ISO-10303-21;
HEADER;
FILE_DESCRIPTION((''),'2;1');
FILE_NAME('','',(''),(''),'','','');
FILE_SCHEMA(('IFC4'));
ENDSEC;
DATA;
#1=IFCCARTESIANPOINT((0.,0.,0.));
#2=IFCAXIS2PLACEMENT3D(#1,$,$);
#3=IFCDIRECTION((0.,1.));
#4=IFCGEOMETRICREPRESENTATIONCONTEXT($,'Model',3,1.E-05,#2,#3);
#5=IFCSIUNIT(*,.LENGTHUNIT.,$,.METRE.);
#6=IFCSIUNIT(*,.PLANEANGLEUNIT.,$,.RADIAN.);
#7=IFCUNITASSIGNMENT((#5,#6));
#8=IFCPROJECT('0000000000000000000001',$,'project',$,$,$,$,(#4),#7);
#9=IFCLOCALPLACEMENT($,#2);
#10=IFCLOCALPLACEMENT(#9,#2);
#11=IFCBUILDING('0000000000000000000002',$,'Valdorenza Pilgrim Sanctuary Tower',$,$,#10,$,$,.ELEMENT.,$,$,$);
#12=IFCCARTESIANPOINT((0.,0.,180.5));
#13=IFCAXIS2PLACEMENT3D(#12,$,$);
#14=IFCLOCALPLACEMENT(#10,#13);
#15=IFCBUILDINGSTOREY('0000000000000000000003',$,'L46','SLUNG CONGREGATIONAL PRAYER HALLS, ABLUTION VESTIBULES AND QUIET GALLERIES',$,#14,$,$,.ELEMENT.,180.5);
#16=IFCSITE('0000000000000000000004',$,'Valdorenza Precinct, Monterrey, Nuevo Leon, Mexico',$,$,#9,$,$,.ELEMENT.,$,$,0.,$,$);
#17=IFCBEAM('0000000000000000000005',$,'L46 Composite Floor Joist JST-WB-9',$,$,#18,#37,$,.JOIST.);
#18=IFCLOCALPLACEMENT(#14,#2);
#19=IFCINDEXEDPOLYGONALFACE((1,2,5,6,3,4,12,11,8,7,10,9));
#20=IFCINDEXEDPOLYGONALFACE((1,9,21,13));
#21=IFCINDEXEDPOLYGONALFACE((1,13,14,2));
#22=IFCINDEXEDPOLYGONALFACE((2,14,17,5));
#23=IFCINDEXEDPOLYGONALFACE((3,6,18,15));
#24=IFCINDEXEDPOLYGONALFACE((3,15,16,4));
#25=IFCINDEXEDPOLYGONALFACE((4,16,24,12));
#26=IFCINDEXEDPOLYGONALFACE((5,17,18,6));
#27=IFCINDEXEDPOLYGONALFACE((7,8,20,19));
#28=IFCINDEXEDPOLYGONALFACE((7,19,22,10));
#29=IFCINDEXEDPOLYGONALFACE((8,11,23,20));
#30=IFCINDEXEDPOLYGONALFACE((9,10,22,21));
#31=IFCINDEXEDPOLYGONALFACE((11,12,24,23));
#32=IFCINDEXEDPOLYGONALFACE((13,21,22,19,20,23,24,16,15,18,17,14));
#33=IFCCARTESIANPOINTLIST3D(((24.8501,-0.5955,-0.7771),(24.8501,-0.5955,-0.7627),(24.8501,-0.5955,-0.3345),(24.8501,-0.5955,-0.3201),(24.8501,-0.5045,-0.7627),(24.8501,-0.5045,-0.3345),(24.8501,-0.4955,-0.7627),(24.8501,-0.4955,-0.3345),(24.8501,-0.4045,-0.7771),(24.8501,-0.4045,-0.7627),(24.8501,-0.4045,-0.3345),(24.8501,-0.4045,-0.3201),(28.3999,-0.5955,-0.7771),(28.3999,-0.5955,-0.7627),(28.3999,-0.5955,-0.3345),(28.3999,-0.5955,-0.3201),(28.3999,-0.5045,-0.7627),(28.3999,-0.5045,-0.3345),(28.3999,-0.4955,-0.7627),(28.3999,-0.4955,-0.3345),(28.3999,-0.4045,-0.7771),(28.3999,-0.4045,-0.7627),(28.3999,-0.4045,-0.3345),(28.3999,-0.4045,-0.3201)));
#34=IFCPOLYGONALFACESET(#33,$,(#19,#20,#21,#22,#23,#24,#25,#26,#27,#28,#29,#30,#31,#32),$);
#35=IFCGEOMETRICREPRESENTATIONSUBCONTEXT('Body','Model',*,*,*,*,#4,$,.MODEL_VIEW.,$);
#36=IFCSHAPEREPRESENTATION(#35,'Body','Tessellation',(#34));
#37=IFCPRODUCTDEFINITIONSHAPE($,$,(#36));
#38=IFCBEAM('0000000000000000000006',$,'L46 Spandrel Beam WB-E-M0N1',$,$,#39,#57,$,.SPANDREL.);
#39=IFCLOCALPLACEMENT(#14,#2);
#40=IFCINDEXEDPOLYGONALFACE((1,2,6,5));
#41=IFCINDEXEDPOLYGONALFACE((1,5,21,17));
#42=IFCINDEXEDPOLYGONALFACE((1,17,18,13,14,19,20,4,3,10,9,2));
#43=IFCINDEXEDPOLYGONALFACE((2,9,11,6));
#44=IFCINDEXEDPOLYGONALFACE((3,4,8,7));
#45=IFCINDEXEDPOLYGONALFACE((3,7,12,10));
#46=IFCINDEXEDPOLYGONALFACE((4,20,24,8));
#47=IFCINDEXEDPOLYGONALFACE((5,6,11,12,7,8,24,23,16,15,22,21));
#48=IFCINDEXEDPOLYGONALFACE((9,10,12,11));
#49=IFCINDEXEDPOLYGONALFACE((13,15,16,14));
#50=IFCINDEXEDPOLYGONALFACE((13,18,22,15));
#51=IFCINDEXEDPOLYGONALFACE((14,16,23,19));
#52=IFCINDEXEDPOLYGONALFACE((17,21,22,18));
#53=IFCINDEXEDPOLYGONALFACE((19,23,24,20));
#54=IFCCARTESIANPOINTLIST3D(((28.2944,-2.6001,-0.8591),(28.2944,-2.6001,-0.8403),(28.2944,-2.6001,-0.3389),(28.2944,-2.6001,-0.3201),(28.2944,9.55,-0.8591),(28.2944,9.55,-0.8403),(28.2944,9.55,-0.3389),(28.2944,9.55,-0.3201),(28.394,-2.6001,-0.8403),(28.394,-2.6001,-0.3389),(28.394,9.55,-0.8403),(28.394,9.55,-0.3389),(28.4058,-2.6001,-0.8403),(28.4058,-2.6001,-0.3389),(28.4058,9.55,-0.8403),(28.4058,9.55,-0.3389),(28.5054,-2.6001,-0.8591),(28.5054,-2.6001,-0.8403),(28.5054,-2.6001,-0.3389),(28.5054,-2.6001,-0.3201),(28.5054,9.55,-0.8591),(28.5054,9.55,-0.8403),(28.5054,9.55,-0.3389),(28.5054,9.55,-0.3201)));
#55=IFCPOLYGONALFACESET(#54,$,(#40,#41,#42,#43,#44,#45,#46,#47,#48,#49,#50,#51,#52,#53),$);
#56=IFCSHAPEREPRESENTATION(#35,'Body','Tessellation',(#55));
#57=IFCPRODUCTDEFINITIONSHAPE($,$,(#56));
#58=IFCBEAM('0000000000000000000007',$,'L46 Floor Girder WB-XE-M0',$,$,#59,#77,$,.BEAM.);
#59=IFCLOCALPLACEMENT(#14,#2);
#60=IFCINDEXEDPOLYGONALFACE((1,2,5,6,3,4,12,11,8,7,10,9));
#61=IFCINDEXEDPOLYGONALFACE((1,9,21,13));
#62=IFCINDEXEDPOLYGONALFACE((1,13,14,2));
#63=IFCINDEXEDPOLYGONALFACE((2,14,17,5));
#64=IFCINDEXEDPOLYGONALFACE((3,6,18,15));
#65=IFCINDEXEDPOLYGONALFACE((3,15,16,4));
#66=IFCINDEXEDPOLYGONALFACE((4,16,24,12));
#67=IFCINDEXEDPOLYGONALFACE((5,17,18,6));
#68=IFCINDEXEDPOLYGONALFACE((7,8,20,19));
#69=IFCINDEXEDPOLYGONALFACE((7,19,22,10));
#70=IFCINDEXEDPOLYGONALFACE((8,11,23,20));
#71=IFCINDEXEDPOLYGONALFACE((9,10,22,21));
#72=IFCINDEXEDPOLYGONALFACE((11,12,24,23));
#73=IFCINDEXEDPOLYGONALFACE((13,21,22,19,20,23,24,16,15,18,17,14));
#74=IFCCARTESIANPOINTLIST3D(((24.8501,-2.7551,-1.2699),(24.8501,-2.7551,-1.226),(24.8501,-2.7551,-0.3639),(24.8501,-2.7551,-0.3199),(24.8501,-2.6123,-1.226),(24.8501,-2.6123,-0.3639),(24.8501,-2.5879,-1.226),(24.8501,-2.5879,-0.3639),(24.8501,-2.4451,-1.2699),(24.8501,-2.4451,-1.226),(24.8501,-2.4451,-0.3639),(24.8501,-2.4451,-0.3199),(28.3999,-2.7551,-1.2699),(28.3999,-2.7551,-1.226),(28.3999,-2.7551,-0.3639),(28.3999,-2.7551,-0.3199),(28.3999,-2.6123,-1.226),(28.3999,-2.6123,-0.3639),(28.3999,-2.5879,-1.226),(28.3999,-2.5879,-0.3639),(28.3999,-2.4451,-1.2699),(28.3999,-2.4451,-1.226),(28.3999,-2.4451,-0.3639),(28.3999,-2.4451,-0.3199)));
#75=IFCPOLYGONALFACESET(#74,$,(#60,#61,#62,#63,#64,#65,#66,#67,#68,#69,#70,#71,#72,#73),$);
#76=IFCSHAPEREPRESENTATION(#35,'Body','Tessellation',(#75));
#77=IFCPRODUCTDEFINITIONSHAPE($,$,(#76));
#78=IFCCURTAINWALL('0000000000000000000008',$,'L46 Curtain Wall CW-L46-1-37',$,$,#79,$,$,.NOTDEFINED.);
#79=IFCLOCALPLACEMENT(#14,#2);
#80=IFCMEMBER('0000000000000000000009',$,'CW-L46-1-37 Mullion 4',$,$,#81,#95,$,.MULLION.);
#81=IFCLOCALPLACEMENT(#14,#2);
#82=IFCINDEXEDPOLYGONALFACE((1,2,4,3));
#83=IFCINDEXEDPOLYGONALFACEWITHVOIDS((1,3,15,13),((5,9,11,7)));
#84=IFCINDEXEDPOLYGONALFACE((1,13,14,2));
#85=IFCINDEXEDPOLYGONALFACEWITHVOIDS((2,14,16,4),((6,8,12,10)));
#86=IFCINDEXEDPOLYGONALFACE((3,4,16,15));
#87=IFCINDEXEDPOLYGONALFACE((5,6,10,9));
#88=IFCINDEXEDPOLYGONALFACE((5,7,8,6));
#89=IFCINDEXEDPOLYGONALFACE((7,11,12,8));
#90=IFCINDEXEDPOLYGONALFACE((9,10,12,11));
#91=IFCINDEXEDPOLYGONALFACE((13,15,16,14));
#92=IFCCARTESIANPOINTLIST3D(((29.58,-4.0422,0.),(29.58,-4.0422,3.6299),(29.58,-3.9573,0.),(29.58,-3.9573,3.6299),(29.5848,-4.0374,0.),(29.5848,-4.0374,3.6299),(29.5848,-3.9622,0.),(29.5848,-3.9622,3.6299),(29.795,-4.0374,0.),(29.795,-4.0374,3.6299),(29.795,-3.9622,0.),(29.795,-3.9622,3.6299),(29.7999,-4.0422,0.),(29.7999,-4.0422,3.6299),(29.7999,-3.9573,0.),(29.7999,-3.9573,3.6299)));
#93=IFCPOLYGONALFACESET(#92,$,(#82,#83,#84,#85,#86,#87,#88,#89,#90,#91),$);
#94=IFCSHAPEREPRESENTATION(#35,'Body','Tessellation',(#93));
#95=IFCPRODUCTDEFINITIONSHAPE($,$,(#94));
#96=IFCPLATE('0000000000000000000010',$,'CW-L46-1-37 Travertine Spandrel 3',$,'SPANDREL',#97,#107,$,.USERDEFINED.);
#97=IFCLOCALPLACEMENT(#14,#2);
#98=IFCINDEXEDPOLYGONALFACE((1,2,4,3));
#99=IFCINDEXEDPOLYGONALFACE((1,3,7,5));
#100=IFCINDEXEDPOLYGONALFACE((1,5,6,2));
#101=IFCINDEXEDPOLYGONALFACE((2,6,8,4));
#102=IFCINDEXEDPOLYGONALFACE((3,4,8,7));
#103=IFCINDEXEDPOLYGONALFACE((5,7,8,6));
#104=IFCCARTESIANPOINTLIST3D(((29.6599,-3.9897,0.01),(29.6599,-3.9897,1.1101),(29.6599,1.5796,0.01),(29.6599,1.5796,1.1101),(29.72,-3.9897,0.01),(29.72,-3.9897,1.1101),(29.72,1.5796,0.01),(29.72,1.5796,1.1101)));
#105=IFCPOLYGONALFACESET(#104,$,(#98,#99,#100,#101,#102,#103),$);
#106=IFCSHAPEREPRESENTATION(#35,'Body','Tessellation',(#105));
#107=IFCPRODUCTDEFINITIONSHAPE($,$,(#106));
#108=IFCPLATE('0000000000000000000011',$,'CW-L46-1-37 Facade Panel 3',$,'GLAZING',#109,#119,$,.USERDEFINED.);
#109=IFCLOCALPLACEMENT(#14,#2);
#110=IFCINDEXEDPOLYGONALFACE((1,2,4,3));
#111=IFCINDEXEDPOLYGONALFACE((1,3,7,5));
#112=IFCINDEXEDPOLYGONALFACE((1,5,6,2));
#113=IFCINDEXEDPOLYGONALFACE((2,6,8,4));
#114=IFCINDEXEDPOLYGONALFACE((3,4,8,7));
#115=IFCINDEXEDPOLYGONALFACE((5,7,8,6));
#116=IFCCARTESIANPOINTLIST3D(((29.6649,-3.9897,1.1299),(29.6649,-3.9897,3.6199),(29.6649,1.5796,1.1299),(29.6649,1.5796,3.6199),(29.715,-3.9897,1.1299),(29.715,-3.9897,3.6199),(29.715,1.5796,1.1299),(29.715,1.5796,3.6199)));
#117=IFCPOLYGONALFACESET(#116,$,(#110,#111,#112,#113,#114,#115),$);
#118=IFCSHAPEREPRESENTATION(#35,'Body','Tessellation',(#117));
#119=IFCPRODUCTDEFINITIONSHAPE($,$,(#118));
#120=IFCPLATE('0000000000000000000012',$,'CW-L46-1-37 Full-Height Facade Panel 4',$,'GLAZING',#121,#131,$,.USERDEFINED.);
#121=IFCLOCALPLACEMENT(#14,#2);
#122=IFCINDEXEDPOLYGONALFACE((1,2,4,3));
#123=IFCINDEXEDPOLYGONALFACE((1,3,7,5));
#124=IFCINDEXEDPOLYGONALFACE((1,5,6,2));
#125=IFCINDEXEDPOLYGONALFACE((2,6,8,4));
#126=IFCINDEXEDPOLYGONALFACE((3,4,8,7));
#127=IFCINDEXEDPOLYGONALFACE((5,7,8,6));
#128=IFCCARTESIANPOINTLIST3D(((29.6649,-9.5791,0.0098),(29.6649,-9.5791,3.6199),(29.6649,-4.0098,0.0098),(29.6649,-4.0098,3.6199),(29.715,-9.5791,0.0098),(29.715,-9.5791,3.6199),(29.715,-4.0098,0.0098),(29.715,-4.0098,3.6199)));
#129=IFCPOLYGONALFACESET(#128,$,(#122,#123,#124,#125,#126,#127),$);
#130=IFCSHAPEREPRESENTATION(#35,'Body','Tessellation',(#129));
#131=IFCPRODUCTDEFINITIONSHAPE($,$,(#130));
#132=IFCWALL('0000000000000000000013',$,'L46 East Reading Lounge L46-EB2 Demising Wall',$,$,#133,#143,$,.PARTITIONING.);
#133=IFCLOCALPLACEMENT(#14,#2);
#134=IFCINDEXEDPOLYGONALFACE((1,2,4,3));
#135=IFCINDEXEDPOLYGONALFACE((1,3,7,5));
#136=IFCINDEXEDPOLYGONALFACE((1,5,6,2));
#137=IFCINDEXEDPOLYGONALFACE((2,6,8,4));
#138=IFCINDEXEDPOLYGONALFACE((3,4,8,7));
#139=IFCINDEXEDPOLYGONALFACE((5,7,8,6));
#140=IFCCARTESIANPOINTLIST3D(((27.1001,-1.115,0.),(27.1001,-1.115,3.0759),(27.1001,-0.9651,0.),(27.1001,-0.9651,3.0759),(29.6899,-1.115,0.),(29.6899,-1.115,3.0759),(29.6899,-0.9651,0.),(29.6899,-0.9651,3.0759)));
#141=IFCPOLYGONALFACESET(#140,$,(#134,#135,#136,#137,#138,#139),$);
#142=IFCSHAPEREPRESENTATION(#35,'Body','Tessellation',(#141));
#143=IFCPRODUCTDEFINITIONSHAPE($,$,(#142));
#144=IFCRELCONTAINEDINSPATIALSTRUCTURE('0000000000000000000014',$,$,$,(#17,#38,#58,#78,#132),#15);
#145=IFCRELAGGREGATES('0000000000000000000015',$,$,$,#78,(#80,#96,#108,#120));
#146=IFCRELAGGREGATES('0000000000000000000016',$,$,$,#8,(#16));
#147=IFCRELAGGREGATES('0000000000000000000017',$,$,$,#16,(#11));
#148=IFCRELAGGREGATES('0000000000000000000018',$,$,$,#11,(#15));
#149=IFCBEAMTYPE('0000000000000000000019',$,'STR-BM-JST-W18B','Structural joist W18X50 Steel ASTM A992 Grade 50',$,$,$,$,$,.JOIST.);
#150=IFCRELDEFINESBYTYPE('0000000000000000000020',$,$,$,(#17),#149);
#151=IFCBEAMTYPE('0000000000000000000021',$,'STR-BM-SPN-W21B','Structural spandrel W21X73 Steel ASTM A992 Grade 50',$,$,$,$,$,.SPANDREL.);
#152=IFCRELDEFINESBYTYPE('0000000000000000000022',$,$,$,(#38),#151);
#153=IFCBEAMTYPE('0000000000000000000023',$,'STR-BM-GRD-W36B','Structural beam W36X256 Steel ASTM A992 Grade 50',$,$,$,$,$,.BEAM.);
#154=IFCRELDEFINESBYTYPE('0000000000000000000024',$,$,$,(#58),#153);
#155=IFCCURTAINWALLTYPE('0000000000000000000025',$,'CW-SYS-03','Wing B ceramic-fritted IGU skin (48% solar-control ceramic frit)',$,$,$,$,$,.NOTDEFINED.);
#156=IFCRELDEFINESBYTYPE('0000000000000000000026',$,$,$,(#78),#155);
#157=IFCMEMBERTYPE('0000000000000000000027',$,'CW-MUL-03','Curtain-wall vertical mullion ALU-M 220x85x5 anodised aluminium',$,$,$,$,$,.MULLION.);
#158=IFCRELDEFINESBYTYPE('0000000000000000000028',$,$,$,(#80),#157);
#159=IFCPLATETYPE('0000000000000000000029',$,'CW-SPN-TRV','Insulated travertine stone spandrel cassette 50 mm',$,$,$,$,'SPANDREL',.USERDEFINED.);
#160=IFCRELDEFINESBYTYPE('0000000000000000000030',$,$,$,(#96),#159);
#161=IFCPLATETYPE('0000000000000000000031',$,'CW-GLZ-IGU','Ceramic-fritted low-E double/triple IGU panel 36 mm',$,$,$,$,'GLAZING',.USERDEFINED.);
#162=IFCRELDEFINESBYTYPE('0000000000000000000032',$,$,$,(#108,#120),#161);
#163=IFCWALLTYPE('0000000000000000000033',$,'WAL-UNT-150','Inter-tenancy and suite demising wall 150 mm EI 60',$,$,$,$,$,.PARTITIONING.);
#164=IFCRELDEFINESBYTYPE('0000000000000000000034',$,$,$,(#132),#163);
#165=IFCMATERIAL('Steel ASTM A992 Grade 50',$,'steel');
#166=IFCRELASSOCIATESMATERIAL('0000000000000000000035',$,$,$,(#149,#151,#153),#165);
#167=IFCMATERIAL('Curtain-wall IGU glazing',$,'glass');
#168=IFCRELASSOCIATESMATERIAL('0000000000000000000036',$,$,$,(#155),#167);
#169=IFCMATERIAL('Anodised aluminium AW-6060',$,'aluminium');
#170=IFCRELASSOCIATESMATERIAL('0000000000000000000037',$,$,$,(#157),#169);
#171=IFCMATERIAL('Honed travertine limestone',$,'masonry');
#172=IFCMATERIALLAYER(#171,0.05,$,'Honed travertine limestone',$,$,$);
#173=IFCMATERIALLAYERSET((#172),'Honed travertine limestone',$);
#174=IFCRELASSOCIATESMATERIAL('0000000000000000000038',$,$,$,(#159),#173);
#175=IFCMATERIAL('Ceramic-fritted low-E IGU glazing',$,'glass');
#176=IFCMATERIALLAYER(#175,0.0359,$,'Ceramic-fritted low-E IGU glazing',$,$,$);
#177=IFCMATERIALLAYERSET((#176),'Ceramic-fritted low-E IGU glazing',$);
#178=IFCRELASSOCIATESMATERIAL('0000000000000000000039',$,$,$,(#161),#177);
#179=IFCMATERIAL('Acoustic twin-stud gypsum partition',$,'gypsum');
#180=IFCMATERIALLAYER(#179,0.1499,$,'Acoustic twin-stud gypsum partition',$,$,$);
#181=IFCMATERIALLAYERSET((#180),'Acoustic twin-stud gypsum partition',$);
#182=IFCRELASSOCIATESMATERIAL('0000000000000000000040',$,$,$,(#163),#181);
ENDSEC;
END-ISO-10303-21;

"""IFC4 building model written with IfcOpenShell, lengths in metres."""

from ifc_helpers import new_model, si_unit, direction, frame, frame_2d, origin, origin_2d, place, context, subcontext, project, spatial, rectangle, hollow_rectangle, i_section, extrude, source, transform, mapped, material, layer, layer_set, material_profile, profile_set, type_object, element, aggregate, save


model = new_model("IFC4")

# Units and contexts
model_context = context("Model", 3, precision=1e-05, world=origin(), true_north=direction((0.0, 1.0)))
body_context = subcontext(model_context, "Body", "Model", "MODEL_VIEW")
ifc_project = project(units=[si_unit("LENGTHUNIT", "METRE"), si_unit("PLANEANGLEUNIT", "RADIAN")], contexts=[model_context])

# Site, building, storey
site_placement = place(None, origin())
site = spatial("IfcSite", under=ifc_project, at=site_placement, Name="Valdorenza Precinct, Monterrey, Nuevo Leon, Mexico", CompositionType="ELEMENT", RefElevation=0.0)
building_placement = place(site_placement, origin())
building = spatial("IfcBuilding", under=site, at=building_placement, Name="Valdorenza Pilgrim Sanctuary Tower", CompositionType="ELEMENT")
storey_placement = place(building_placement, frame((0.0, 0.0, 180.5)))
storey = spatial("IfcBuildingStorey", under=building, at=storey_placement, Name="L46", Description="SLUNG CONGREGATIONAL PRAYER HALLS, ABLUTION VESTIBULES AND QUIET GALLERIES", CompositionType="ELEMENT", Elevation=180.5)

# Shared definitions
ifc_material_1 = material(Name="Steel ASTM A992 Grade 50", Category="steel")

# Beams
ifc_material_profile_1 = material_profile(ifc_material_1, i_section(OverallWidth=0.1909, OverallDepth=0.457, WebThickness=0.009, FlangeThickness=0.0144, at=origin_2d()), Name="W18X50")
ifc_profile_set_1 = profile_set([ifc_material_profile_1], Name="Steel ASTM A992 Grade 50")
beam_type_1 = type_object("IfcBeamType", Name="STR-BM-JST-W18B", Description="Structural joist W18X50 Steel ASTM A992 Grade 50", PredefinedType="JOIST", material=ifc_profile_set_1)
shared_shape_1 = source(origin(), body_context, "Body", "SweptSolid", [
    extrude(i_section(OverallWidth=0.1909, OverallDepth=0.457, WebThickness=0.009, FlangeThickness=0.0144, at=origin_2d()), origin(), (0.0, 0.0, 1.0), 3.5498),
])
for number, where, z_axis, x_axis, name in (
    (1, (24.8501, -0.5, -0.5486), (1.0, 0.0, 0.0), (0.0, 1.0, 0.0), "L46 Composite Floor Joist JST-WB-9"),
):
    element("IfcBeam", number, at=place(storey_placement, frame(where, z_axis=z_axis, x_axis=x_axis)), inside=storey, type_object=beam_type_1, Name=name, PredefinedType="JOIST", context=body_context, shape_type="MappedRepresentation", body=[
        mapped(shared_shape_1, transform((0.0, 0.0, 0.0), x_axis=(1.0, 0.0, 0.0), y_axis=(0.0, 1.0, 0.0), z_axis=(0.0, 0.0, 1.0), scale=1.0)),
    ])
ifc_material_profile_2 = material_profile(ifc_material_1, i_section(OverallWidth=0.2109, OverallDepth=0.5391, WebThickness=0.0117, FlangeThickness=0.0188, at=origin_2d()), Name="W21X73")
ifc_profile_set_2 = profile_set([ifc_material_profile_2], Name="Steel ASTM A992 Grade 50")
beam_type_2 = type_object("IfcBeamType", Name="STR-BM-SPN-W21B", Description="Structural spandrel W21X73 Steel ASTM A992 Grade 50", PredefinedType="SPANDREL", material=ifc_profile_set_2)
shared_shape_2 = source(origin(), body_context, "Body", "SweptSolid", [
    extrude(i_section(OverallWidth=0.2109, OverallDepth=0.5391, WebThickness=0.0117, FlangeThickness=0.0188, at=origin_2d()), origin(), (0.0, 0.0, 1.0), 12.1501),
])
beam_1_placement = place(storey_placement, frame((28.3999, -2.6001, -0.5896), z_axis=(0.0, 1.0, 0.0), x_axis=(-1.0, 0.0, 0.0)))
element("IfcBeam", 2, at=beam_1_placement, inside=storey, type_object=beam_type_2, Name="L46 Spandrel Beam WB-E-M0N1", PredefinedType="SPANDREL", context=body_context, shape_type="MappedRepresentation", body=[
    mapped(shared_shape_2, transform((0.0, 0.0, 0.0), x_axis=(1.0, 0.0, 0.0), y_axis=(0.0, 1.0, 0.0), z_axis=(0.0, 0.0, 1.0), scale=1.0)),
])
ifc_material_profile_3 = material_profile(ifc_material_1, i_section(OverallWidth=0.3101, OverallDepth=0.95, WebThickness=0.0244, FlangeThickness=0.0439, at=origin_2d()), Name="W36X256")
ifc_profile_set_3 = profile_set([ifc_material_profile_3], Name="Steel ASTM A992 Grade 50")
beam_type_3 = type_object("IfcBeamType", Name="STR-BM-GRD-W36B", Description="Structural beam W36X256 Steel ASTM A992 Grade 50", PredefinedType="BEAM", material=ifc_profile_set_3)
shared_shape_3 = source(origin(), body_context, "Body", "SweptSolid", [
    extrude(i_section(OverallWidth=0.3101, OverallDepth=0.95, WebThickness=0.0244, FlangeThickness=0.0439, at=origin_2d()), origin(), (0.0, 0.0, 1.0), 3.5498),
])
beam_2_placement = place(storey_placement, frame((24.8501, -2.6001, -0.7949), z_axis=(1.0, 0.0, 0.0), x_axis=(0.0, 1.0, 0.0)))
element("IfcBeam", 3, at=beam_2_placement, inside=storey, type_object=beam_type_3, Name="L46 Floor Girder WB-XE-M0", PredefinedType="BEAM", context=body_context, shape_type="MappedRepresentation", body=[
    mapped(shared_shape_3, transform((0.0, 0.0, 0.0), x_axis=(1.0, 0.0, 0.0), y_axis=(0.0, 1.0, 0.0), z_axis=(0.0, 0.0, 1.0), scale=1.0)),
])

# Curtain wall, member, plates
ifc_material_2 = material(Name="Curtain-wall IGU glazing", Category="glass")
curtain_wall_type = type_object("IfcCurtainWallType", Name="CW-SYS-03", Description="Wing B ceramic-fritted IGU skin (48% solar-control ceramic frit)", PredefinedType="NOTDEFINED", material=ifc_material_2)
curtain_wall_placement = place(storey_placement, origin())
curtain_wall = element("IfcCurtainWall", 4, at=curtain_wall_placement, inside=storey, type_object=curtain_wall_type, Name="L46 Curtain Wall CW-L46-1-37", PredefinedType="NOTDEFINED")
ifc_material_3 = material(Name="Anodised aluminium AW-6060", Category="aluminium")
ifc_material_profile_4 = material_profile(ifc_material_3, hollow_rectangle(XDim=0.085, YDim=0.22, WallThickness=0.0049, at=origin_2d()), Name="ALU-M 220x85x5")
ifc_profile_set_4 = profile_set([ifc_material_profile_4], Name="Anodised aluminium AW-6060")
member_type = type_object("IfcMemberType", Name="CW-MUL-03", Description="Curtain-wall vertical mullion ALU-M 220x85x5 anodised aluminium", PredefinedType="MULLION", material=ifc_profile_set_4)
shared_shape_4 = source(origin(), body_context, "Body", "SweptSolid", [
    extrude(hollow_rectangle(XDim=0.085, YDim=0.22, WallThickness=0.0049, at=origin_2d()), origin(), (0.0, 0.0, 1.0), 3.6299),
])
member_placement = place(storey_placement, frame((29.6899, -3.9998, 0.0), z_axis=(0.0, 0.0, 1.0), x_axis=(0.0, -1.0, 0.0)))
member = element("IfcMember", 5, at=member_placement, type_object=member_type, Name="CW-L46-1-37 Mullion 4", PredefinedType="MULLION", context=body_context, shape_type="MappedRepresentation", body=[
    mapped(shared_shape_4, transform((0.0, 0.0, 0.0), x_axis=(1.0, 0.0, 0.0), y_axis=(0.0, 1.0, 0.0), z_axis=(0.0, 0.0, 1.0), scale=1.0)),
])
ifc_material_4 = material(Name="Honed travertine limestone", Category="masonry")
ifc_layer_1 = layer(ifc_material_4, 0.05, Name="Honed travertine limestone")
ifc_layer_set_1 = layer_set([ifc_layer_1], Name="Honed travertine limestone")
plate_type_1 = type_object("IfcPlateType", Name="CW-SPN-TRV", Description="Insulated travertine stone spandrel cassette 50 mm", ElementType="SPANDREL", PredefinedType="USERDEFINED", material=ifc_layer_set_1)
shared_shape_5 = source(origin(), body_context, "Body", "SweptSolid", [
    extrude(rectangle(XDim=5.5693, YDim=0.0601, at=origin_2d()), origin(), (0.0, 0.0, 1.0), 1.1001),
])
plate_1_placement = place(storey_placement, frame((29.6899, -1.2051, 0.01), z_axis=(0.0, 0.0, 1.0), x_axis=(0.0, -1.0, 0.0)))
plate_1 = element("IfcPlate", 6, at=plate_1_placement, type_object=plate_type_1, Name="CW-L46-1-37 Travertine Spandrel 3", ObjectType="SPANDREL", PredefinedType="USERDEFINED", context=body_context, shape_type="MappedRepresentation", body=[
    mapped(shared_shape_5, transform((0.0, 0.0, 0.0), x_axis=(1.0, 0.0, 0.0), y_axis=(0.0, 1.0, 0.0), z_axis=(0.0, 0.0, 1.0), scale=1.0)),
])
ifc_material_5 = material(Name="Ceramic-fritted low-E IGU glazing", Category="glass")
ifc_layer_2 = layer(ifc_material_5, 0.0359, Name="Ceramic-fritted low-E IGU glazing")
ifc_layer_set_2 = layer_set([ifc_layer_2], Name="Ceramic-fritted low-E IGU glazing")
plate_type_2 = type_object("IfcPlateType", Name="CW-GLZ-IGU", Description="Ceramic-fritted low-E double/triple IGU panel 36 mm", ElementType="GLAZING", PredefinedType="USERDEFINED", material=ifc_layer_set_2)
shared_shape_6 = source(origin(), body_context, "Body", "SweptSolid", [
    extrude(rectangle(XDim=5.5693, YDim=0.05, at=origin_2d()), origin(), (0.0, 0.0, 1.0), 2.49),
])
plate_2_placement = place(storey_placement, frame((29.6899, -1.2051, 1.1299), z_axis=(0.0, 0.0, 1.0), x_axis=(0.0, -1.0, 0.0)))
plate_2 = element("IfcPlate", 7, at=plate_2_placement, type_object=plate_type_2, Name="CW-L46-1-37 Facade Panel 3", ObjectType="GLAZING", PredefinedType="USERDEFINED", context=body_context, shape_type="MappedRepresentation", body=[
    mapped(shared_shape_6, transform((0.0, 0.0, 0.0), x_axis=(1.0, 0.0, 0.0), y_axis=(0.0, 1.0, 0.0), z_axis=(0.0, 0.0, 1.0), scale=1.0)),
])
shared_shape_7 = source(origin(), body_context, "Body", "SweptSolid", [
    extrude(rectangle(XDim=5.5693, YDim=0.05, at=origin_2d()), origin(), (0.0, 0.0, 1.0), 3.6101),
])
plate_3_placement = place(storey_placement, frame((29.6899, -6.7944, 0.0098), z_axis=(0.0, 0.0, 1.0), x_axis=(0.0, -1.0, 0.0)))
plate_3 = element("IfcPlate", 8, at=plate_3_placement, type_object=plate_type_2, Name="CW-L46-1-37 Full-Height Facade Panel 4", ObjectType="GLAZING", PredefinedType="USERDEFINED", context=body_context, shape_type="MappedRepresentation", body=[
    mapped(shared_shape_7, transform((0.0, 0.0, 0.0), x_axis=(1.0, 0.0, 0.0), y_axis=(0.0, 1.0, 0.0), z_axis=(0.0, 0.0, 1.0), scale=1.0)),
])
aggregate(curtain_wall, [member, plate_1, plate_2, plate_3])

# Wall
ifc_material_6 = material(Name="Acoustic twin-stud gypsum partition", Category="gypsum")
ifc_layer_3 = layer(ifc_material_6, 0.1499, Name="Acoustic twin-stud gypsum partition")
ifc_layer_set_3 = layer_set([ifc_layer_3], Name="Acoustic twin-stud gypsum partition")
wall_type = type_object("IfcWallType", Name="WAL-UNT-150", Description="Inter-tenancy and suite demising wall 150 mm EI 60", PredefinedType="PARTITIONING", material=ifc_layer_set_3)
wall_placement = place(storey_placement, frame((27.1001, -1.04, 0.0), z_axis=(0.0, 0.0, 1.0), x_axis=(1.0, 0.0, 0.0)))
element("IfcWall", 9, at=wall_placement, inside=storey, type_object=wall_type, Name="L46 East Reading Lounge L46-EB2 Demising Wall", PredefinedType="PARTITIONING", context=body_context, shape_type="SweptSolid", body=[
    extrude(rectangle(XDim=2.5898, YDim=0.1499, at=frame_2d((1.2949, 0.0))), origin(), (0.0, 0.0, 1.0), 3.0759),
])

save(model, "model.ifc")
